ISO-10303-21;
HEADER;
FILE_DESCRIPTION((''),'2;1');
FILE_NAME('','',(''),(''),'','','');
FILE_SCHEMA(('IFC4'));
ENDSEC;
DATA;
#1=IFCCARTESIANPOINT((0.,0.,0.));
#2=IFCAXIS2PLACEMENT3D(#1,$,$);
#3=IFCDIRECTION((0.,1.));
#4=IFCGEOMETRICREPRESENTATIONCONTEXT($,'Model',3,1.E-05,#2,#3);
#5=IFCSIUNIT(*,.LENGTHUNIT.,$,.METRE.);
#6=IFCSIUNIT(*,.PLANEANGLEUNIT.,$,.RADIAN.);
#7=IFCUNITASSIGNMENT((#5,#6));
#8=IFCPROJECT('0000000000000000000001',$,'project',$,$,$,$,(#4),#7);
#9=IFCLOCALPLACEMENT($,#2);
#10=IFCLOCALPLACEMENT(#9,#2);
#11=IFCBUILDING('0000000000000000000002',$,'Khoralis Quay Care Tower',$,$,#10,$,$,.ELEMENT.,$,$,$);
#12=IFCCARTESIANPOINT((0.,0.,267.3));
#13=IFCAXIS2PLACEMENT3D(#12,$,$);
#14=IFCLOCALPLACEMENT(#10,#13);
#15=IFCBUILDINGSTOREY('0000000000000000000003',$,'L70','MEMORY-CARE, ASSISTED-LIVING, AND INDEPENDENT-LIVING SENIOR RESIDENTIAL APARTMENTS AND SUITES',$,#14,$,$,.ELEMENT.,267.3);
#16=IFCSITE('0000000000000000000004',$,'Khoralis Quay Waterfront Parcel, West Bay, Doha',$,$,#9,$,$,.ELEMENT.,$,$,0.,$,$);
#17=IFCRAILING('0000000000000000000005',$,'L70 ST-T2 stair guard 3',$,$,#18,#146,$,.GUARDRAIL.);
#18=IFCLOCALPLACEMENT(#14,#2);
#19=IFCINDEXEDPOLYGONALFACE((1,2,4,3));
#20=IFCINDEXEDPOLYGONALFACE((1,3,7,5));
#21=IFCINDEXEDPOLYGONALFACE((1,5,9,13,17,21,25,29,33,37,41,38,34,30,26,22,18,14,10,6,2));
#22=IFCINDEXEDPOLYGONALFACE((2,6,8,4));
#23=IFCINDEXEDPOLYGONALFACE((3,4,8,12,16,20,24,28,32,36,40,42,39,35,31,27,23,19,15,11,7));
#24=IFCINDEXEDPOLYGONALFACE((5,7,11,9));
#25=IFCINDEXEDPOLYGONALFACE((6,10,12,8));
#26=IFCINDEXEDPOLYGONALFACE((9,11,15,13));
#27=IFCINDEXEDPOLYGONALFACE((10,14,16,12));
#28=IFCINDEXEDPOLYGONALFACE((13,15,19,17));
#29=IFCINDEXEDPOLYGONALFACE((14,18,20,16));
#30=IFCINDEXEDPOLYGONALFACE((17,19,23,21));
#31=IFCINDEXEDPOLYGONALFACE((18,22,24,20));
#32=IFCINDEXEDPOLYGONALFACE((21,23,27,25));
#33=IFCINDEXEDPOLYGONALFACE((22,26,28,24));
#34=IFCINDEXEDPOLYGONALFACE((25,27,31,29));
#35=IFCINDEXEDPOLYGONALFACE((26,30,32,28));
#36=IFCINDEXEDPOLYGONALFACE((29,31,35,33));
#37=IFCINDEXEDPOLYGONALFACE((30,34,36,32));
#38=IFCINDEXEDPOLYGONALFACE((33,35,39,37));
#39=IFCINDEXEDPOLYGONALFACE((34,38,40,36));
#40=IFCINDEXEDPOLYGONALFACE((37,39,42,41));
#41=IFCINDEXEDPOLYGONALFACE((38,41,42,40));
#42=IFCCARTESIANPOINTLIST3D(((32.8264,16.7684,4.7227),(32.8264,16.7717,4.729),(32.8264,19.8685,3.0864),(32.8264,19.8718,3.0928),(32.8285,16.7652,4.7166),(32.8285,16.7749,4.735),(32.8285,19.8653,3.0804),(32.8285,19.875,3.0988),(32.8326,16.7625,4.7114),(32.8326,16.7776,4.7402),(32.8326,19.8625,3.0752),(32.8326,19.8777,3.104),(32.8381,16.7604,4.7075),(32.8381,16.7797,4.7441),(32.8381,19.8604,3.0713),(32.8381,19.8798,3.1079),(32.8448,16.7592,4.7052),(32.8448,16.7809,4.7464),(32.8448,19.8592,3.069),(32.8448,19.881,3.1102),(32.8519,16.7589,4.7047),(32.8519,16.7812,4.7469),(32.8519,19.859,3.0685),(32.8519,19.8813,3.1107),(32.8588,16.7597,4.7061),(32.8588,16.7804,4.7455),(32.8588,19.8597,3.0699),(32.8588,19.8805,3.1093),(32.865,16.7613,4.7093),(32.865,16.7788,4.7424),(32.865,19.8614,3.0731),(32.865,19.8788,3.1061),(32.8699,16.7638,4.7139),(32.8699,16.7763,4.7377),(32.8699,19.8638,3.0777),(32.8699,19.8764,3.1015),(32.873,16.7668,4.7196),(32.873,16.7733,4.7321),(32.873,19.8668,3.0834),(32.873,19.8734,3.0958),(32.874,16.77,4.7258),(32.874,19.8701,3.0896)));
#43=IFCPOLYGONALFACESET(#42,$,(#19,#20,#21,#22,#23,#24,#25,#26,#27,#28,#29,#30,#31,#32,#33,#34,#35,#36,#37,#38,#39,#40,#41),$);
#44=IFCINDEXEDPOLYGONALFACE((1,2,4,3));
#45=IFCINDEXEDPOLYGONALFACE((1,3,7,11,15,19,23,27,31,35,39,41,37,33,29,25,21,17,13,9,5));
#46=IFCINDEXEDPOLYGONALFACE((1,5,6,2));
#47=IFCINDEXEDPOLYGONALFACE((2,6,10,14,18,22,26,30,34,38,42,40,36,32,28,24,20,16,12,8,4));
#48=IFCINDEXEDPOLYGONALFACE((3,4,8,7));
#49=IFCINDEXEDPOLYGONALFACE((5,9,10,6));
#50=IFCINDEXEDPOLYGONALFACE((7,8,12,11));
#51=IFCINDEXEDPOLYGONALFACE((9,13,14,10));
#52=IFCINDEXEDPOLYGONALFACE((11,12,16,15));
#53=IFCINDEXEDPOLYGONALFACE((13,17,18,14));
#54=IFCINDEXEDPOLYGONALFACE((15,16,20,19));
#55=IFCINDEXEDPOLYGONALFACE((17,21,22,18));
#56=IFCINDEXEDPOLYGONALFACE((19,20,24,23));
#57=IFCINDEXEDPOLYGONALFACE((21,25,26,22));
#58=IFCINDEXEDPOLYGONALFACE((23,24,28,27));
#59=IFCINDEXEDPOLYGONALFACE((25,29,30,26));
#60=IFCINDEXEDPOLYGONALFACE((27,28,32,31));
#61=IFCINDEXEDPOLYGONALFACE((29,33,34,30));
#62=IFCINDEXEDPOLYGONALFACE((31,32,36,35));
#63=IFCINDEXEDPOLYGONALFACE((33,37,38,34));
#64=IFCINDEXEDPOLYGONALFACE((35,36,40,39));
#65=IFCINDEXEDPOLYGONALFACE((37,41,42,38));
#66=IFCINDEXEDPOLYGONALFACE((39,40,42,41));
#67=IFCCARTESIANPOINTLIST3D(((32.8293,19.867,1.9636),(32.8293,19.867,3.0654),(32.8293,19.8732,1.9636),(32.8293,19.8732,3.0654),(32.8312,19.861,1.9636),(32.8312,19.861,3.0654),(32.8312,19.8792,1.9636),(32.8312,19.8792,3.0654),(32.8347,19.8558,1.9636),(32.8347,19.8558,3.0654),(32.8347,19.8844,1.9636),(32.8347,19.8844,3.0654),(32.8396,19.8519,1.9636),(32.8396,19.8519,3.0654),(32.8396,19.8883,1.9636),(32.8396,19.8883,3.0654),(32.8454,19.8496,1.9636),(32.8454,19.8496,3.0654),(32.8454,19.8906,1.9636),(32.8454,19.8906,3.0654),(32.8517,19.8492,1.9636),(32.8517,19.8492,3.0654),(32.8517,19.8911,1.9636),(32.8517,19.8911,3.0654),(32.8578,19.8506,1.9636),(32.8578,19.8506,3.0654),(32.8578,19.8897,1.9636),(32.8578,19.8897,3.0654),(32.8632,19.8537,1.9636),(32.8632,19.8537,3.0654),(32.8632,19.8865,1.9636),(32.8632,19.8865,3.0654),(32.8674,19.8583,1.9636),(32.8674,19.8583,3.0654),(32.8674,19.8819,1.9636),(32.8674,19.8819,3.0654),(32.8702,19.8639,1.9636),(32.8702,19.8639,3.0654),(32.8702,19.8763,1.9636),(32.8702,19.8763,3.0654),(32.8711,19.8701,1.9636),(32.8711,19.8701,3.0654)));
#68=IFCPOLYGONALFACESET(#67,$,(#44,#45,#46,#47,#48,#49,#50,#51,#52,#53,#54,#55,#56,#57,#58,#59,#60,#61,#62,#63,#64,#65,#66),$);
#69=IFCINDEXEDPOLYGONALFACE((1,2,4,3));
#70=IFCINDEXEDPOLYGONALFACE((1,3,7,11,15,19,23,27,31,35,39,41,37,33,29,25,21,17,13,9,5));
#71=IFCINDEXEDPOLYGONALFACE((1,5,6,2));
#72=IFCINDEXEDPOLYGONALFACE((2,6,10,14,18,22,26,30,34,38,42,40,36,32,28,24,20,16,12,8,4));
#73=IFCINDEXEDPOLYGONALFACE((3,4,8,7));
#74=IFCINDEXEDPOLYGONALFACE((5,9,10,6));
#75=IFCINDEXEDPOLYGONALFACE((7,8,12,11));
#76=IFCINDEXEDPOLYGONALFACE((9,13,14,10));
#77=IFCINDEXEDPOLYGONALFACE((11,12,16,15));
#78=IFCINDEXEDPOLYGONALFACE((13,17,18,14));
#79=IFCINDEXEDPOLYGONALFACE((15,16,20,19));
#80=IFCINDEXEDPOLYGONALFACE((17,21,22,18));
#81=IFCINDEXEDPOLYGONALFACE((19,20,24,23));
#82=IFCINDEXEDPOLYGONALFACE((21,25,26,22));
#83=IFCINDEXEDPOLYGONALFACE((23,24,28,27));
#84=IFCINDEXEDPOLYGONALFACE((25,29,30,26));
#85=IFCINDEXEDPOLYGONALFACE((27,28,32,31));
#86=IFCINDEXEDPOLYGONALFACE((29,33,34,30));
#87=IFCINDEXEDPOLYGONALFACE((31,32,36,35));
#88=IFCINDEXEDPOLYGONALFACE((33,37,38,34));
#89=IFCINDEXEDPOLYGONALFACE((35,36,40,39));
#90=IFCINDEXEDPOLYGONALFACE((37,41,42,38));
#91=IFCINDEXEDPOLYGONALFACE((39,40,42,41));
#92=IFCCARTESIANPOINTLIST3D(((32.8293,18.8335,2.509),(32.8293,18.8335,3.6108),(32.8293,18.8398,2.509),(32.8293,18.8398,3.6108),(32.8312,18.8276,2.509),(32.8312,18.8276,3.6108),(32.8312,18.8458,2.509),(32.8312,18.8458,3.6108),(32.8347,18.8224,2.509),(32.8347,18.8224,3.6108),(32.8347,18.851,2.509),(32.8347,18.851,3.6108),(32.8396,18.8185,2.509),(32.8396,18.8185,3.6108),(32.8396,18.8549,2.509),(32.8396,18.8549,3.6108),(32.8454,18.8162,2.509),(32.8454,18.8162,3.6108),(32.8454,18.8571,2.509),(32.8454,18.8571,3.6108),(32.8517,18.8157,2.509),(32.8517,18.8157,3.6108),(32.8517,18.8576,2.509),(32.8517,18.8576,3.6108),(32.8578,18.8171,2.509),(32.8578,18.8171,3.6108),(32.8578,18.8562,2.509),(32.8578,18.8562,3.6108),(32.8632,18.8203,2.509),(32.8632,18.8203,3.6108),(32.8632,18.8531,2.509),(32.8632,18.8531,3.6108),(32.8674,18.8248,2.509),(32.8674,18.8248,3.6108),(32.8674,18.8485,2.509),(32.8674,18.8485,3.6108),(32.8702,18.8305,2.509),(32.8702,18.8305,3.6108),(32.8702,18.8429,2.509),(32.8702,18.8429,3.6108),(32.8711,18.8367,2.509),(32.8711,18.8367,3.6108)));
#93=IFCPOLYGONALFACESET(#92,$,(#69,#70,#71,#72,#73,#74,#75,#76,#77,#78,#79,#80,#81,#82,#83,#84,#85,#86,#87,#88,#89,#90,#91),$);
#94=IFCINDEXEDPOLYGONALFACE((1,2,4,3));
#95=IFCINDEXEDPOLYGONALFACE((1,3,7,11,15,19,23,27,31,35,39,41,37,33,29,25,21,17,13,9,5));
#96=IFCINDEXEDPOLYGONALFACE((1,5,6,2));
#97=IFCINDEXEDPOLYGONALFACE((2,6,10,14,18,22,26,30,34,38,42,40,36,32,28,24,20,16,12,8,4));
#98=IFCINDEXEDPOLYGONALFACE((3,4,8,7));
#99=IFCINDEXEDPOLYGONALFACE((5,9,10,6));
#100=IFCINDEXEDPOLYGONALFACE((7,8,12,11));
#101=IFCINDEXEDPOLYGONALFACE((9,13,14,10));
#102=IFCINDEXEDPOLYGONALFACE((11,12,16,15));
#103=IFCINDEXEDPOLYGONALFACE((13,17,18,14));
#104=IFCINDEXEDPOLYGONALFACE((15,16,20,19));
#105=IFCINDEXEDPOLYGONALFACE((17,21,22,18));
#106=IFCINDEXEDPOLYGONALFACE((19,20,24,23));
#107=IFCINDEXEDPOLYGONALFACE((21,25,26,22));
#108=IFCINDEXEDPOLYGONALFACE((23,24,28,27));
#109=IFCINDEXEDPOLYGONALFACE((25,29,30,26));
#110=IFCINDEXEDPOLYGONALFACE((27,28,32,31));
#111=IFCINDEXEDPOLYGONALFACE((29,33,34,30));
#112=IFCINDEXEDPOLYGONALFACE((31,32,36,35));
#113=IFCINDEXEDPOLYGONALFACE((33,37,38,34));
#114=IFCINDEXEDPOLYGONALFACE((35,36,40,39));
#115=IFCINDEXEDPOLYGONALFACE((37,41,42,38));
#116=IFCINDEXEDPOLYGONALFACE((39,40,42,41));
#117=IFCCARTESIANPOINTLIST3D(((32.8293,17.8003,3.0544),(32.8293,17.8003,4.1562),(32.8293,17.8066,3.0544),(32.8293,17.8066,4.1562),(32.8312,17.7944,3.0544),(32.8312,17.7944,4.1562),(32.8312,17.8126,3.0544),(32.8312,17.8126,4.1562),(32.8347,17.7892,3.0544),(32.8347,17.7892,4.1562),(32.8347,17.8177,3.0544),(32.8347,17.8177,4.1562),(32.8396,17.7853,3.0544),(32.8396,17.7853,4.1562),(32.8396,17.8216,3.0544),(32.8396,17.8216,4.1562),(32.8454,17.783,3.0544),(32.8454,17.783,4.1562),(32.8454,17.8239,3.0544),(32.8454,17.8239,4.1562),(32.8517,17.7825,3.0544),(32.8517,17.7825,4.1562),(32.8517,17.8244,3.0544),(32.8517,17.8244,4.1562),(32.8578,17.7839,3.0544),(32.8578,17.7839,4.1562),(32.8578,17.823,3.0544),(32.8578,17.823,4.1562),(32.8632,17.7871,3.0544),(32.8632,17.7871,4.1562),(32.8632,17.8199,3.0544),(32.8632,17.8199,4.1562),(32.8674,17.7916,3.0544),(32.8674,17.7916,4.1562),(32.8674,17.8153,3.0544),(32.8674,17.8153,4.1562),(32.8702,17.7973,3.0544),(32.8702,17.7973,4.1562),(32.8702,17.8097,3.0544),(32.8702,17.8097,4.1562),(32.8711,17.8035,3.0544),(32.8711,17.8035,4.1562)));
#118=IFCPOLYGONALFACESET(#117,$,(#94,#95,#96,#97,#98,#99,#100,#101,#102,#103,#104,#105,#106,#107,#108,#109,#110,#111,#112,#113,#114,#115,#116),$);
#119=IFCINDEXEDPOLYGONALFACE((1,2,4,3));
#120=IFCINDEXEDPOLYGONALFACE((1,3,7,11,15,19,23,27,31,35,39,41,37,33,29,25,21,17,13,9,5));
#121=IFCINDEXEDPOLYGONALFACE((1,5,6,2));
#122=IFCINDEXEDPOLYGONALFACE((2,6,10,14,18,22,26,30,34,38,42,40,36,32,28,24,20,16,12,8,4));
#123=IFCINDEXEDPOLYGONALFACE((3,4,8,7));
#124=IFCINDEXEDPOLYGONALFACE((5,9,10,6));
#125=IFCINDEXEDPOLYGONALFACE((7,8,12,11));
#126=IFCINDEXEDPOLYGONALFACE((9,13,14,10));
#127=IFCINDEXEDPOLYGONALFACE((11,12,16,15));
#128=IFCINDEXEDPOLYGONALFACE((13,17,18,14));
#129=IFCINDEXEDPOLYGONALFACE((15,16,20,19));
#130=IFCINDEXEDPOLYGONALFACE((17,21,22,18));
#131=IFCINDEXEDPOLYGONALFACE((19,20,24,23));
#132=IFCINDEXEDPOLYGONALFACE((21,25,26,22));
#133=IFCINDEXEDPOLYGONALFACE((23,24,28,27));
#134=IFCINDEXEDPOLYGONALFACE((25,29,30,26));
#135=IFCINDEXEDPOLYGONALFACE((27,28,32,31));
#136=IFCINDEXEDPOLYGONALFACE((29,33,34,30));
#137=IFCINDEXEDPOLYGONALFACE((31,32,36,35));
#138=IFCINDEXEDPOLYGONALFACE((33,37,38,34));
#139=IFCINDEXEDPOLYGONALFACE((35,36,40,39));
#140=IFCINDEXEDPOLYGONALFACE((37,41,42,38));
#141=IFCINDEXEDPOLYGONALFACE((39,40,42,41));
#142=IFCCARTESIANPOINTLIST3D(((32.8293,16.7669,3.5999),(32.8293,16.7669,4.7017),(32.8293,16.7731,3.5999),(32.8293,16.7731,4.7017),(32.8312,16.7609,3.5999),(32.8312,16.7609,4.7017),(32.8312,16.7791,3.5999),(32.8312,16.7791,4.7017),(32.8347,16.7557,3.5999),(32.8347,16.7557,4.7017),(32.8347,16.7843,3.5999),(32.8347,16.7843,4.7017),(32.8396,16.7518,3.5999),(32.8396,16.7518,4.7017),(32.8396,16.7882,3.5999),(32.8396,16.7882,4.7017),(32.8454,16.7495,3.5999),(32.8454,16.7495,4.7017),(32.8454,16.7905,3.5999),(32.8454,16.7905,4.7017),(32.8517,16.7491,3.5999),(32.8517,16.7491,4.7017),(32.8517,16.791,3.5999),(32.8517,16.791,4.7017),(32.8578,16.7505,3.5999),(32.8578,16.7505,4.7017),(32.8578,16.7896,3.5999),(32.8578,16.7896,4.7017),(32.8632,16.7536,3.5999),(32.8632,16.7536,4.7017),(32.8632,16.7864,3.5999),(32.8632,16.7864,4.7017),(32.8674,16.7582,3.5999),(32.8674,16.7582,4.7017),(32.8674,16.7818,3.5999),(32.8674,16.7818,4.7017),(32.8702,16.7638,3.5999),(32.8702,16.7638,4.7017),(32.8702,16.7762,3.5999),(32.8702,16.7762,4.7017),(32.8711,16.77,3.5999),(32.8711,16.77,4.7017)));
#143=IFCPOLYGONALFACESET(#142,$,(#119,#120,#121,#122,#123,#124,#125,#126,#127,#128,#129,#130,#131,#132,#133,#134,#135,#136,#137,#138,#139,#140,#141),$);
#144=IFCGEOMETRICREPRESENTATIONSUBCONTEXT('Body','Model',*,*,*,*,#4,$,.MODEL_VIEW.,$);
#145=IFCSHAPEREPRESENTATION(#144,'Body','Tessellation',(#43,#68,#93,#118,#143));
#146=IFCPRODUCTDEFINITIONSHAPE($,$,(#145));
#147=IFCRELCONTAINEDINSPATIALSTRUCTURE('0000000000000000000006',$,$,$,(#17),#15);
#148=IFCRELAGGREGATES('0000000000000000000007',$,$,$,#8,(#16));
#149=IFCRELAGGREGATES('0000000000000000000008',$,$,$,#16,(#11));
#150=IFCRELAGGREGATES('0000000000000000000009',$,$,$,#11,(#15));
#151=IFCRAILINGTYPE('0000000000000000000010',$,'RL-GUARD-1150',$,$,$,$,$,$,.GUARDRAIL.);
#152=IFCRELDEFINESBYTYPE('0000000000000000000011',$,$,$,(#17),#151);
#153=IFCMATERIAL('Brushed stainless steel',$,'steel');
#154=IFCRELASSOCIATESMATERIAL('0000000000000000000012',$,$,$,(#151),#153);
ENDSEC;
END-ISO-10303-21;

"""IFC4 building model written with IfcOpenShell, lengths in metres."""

from ifc_helpers import new_model, si_unit, direction, frame, origin, origin_2d, place, context, subcontext, project, spatial, circle, extrude, material, type_object, element, save


model = new_model("IFC4")

# Units and contexts
model_context = context("Model", 3, precision=1e-05, world=origin(), true_north=direction((0.0, 1.0)))
body_context = subcontext(model_context, "Body", "Model", "MODEL_VIEW")
ifc_project = project(units=[si_unit("LENGTHUNIT", "METRE"), si_unit("PLANEANGLEUNIT", "RADIAN")], contexts=[model_context])

# Site, building, storey
site_placement = place(None, origin())
site = spatial("IfcSite", under=ifc_project, at=site_placement, Name="Khoralis Quay Waterfront Parcel, West Bay, Doha", CompositionType="ELEMENT", RefElevation=0.0)
building_placement = place(site_placement, origin())
building = spatial("IfcBuilding", under=site, at=building_placement, Name="Khoralis Quay Care Tower", CompositionType="ELEMENT")
storey_placement = place(building_placement, frame((0.0, 0.0, 267.3)))
storey = spatial("IfcBuildingStorey", under=building, at=storey_placement, Name="L70", Description="MEMORY-CARE, ASSISTED-LIVING, AND INDEPENDENT-LIVING SENIOR RESIDENTIAL APARTMENTS AND SUITES", CompositionType="ELEMENT", Elevation=267.3)

# Railing
ifc_material_1 = material(Name="Brushed stainless steel", Category="steel")
railing_type_1 = type_object("IfcRailingType", Name="RL-GUARD-1150", PredefinedType="GUARDRAIL", material=ifc_material_1)
railing_1_placement = place(storey_placement, frame((32.8501, 19.8701, 1.9636)))
element("IfcRailing", 1, at=railing_1_placement, inside=storey, type_object=railing_type_1, Name="L70 ST-T2 stair guard 3", PredefinedType="GUARDRAIL", context=body_context, shape_type="SweptSolid", body=[
    extrude(circle(Radius=0.0239, at=origin_2d()), frame((0.0, 0.0, 1.126), z_axis=(0.0, -0.884377, 0.466774), x_axis=(1.0, 0.0, 0.0)), (0.0, 0.0, 1.0), 3.5054),
    extrude(circle(Radius=0.021, at=origin_2d()), origin(), (0.0, 0.0, 1.0), 1.1018),
    extrude(circle(Radius=0.021, at=origin_2d()), frame((0.0, -1.0334, 0.5454)), (0.0, 0.0, 1.0), 1.1018),
    extrude(circle(Radius=0.021, at=origin_2d()), frame((0.0, -2.0667, 1.0908)), (0.0, 0.0, 1.0), 1.1018),
    extrude(circle(Radius=0.021, at=origin_2d()), frame((0.0, -3.1001, 1.6362)), (0.0, 0.0, 1.0), 1.1018),
])

save(model, "model.ifc")
